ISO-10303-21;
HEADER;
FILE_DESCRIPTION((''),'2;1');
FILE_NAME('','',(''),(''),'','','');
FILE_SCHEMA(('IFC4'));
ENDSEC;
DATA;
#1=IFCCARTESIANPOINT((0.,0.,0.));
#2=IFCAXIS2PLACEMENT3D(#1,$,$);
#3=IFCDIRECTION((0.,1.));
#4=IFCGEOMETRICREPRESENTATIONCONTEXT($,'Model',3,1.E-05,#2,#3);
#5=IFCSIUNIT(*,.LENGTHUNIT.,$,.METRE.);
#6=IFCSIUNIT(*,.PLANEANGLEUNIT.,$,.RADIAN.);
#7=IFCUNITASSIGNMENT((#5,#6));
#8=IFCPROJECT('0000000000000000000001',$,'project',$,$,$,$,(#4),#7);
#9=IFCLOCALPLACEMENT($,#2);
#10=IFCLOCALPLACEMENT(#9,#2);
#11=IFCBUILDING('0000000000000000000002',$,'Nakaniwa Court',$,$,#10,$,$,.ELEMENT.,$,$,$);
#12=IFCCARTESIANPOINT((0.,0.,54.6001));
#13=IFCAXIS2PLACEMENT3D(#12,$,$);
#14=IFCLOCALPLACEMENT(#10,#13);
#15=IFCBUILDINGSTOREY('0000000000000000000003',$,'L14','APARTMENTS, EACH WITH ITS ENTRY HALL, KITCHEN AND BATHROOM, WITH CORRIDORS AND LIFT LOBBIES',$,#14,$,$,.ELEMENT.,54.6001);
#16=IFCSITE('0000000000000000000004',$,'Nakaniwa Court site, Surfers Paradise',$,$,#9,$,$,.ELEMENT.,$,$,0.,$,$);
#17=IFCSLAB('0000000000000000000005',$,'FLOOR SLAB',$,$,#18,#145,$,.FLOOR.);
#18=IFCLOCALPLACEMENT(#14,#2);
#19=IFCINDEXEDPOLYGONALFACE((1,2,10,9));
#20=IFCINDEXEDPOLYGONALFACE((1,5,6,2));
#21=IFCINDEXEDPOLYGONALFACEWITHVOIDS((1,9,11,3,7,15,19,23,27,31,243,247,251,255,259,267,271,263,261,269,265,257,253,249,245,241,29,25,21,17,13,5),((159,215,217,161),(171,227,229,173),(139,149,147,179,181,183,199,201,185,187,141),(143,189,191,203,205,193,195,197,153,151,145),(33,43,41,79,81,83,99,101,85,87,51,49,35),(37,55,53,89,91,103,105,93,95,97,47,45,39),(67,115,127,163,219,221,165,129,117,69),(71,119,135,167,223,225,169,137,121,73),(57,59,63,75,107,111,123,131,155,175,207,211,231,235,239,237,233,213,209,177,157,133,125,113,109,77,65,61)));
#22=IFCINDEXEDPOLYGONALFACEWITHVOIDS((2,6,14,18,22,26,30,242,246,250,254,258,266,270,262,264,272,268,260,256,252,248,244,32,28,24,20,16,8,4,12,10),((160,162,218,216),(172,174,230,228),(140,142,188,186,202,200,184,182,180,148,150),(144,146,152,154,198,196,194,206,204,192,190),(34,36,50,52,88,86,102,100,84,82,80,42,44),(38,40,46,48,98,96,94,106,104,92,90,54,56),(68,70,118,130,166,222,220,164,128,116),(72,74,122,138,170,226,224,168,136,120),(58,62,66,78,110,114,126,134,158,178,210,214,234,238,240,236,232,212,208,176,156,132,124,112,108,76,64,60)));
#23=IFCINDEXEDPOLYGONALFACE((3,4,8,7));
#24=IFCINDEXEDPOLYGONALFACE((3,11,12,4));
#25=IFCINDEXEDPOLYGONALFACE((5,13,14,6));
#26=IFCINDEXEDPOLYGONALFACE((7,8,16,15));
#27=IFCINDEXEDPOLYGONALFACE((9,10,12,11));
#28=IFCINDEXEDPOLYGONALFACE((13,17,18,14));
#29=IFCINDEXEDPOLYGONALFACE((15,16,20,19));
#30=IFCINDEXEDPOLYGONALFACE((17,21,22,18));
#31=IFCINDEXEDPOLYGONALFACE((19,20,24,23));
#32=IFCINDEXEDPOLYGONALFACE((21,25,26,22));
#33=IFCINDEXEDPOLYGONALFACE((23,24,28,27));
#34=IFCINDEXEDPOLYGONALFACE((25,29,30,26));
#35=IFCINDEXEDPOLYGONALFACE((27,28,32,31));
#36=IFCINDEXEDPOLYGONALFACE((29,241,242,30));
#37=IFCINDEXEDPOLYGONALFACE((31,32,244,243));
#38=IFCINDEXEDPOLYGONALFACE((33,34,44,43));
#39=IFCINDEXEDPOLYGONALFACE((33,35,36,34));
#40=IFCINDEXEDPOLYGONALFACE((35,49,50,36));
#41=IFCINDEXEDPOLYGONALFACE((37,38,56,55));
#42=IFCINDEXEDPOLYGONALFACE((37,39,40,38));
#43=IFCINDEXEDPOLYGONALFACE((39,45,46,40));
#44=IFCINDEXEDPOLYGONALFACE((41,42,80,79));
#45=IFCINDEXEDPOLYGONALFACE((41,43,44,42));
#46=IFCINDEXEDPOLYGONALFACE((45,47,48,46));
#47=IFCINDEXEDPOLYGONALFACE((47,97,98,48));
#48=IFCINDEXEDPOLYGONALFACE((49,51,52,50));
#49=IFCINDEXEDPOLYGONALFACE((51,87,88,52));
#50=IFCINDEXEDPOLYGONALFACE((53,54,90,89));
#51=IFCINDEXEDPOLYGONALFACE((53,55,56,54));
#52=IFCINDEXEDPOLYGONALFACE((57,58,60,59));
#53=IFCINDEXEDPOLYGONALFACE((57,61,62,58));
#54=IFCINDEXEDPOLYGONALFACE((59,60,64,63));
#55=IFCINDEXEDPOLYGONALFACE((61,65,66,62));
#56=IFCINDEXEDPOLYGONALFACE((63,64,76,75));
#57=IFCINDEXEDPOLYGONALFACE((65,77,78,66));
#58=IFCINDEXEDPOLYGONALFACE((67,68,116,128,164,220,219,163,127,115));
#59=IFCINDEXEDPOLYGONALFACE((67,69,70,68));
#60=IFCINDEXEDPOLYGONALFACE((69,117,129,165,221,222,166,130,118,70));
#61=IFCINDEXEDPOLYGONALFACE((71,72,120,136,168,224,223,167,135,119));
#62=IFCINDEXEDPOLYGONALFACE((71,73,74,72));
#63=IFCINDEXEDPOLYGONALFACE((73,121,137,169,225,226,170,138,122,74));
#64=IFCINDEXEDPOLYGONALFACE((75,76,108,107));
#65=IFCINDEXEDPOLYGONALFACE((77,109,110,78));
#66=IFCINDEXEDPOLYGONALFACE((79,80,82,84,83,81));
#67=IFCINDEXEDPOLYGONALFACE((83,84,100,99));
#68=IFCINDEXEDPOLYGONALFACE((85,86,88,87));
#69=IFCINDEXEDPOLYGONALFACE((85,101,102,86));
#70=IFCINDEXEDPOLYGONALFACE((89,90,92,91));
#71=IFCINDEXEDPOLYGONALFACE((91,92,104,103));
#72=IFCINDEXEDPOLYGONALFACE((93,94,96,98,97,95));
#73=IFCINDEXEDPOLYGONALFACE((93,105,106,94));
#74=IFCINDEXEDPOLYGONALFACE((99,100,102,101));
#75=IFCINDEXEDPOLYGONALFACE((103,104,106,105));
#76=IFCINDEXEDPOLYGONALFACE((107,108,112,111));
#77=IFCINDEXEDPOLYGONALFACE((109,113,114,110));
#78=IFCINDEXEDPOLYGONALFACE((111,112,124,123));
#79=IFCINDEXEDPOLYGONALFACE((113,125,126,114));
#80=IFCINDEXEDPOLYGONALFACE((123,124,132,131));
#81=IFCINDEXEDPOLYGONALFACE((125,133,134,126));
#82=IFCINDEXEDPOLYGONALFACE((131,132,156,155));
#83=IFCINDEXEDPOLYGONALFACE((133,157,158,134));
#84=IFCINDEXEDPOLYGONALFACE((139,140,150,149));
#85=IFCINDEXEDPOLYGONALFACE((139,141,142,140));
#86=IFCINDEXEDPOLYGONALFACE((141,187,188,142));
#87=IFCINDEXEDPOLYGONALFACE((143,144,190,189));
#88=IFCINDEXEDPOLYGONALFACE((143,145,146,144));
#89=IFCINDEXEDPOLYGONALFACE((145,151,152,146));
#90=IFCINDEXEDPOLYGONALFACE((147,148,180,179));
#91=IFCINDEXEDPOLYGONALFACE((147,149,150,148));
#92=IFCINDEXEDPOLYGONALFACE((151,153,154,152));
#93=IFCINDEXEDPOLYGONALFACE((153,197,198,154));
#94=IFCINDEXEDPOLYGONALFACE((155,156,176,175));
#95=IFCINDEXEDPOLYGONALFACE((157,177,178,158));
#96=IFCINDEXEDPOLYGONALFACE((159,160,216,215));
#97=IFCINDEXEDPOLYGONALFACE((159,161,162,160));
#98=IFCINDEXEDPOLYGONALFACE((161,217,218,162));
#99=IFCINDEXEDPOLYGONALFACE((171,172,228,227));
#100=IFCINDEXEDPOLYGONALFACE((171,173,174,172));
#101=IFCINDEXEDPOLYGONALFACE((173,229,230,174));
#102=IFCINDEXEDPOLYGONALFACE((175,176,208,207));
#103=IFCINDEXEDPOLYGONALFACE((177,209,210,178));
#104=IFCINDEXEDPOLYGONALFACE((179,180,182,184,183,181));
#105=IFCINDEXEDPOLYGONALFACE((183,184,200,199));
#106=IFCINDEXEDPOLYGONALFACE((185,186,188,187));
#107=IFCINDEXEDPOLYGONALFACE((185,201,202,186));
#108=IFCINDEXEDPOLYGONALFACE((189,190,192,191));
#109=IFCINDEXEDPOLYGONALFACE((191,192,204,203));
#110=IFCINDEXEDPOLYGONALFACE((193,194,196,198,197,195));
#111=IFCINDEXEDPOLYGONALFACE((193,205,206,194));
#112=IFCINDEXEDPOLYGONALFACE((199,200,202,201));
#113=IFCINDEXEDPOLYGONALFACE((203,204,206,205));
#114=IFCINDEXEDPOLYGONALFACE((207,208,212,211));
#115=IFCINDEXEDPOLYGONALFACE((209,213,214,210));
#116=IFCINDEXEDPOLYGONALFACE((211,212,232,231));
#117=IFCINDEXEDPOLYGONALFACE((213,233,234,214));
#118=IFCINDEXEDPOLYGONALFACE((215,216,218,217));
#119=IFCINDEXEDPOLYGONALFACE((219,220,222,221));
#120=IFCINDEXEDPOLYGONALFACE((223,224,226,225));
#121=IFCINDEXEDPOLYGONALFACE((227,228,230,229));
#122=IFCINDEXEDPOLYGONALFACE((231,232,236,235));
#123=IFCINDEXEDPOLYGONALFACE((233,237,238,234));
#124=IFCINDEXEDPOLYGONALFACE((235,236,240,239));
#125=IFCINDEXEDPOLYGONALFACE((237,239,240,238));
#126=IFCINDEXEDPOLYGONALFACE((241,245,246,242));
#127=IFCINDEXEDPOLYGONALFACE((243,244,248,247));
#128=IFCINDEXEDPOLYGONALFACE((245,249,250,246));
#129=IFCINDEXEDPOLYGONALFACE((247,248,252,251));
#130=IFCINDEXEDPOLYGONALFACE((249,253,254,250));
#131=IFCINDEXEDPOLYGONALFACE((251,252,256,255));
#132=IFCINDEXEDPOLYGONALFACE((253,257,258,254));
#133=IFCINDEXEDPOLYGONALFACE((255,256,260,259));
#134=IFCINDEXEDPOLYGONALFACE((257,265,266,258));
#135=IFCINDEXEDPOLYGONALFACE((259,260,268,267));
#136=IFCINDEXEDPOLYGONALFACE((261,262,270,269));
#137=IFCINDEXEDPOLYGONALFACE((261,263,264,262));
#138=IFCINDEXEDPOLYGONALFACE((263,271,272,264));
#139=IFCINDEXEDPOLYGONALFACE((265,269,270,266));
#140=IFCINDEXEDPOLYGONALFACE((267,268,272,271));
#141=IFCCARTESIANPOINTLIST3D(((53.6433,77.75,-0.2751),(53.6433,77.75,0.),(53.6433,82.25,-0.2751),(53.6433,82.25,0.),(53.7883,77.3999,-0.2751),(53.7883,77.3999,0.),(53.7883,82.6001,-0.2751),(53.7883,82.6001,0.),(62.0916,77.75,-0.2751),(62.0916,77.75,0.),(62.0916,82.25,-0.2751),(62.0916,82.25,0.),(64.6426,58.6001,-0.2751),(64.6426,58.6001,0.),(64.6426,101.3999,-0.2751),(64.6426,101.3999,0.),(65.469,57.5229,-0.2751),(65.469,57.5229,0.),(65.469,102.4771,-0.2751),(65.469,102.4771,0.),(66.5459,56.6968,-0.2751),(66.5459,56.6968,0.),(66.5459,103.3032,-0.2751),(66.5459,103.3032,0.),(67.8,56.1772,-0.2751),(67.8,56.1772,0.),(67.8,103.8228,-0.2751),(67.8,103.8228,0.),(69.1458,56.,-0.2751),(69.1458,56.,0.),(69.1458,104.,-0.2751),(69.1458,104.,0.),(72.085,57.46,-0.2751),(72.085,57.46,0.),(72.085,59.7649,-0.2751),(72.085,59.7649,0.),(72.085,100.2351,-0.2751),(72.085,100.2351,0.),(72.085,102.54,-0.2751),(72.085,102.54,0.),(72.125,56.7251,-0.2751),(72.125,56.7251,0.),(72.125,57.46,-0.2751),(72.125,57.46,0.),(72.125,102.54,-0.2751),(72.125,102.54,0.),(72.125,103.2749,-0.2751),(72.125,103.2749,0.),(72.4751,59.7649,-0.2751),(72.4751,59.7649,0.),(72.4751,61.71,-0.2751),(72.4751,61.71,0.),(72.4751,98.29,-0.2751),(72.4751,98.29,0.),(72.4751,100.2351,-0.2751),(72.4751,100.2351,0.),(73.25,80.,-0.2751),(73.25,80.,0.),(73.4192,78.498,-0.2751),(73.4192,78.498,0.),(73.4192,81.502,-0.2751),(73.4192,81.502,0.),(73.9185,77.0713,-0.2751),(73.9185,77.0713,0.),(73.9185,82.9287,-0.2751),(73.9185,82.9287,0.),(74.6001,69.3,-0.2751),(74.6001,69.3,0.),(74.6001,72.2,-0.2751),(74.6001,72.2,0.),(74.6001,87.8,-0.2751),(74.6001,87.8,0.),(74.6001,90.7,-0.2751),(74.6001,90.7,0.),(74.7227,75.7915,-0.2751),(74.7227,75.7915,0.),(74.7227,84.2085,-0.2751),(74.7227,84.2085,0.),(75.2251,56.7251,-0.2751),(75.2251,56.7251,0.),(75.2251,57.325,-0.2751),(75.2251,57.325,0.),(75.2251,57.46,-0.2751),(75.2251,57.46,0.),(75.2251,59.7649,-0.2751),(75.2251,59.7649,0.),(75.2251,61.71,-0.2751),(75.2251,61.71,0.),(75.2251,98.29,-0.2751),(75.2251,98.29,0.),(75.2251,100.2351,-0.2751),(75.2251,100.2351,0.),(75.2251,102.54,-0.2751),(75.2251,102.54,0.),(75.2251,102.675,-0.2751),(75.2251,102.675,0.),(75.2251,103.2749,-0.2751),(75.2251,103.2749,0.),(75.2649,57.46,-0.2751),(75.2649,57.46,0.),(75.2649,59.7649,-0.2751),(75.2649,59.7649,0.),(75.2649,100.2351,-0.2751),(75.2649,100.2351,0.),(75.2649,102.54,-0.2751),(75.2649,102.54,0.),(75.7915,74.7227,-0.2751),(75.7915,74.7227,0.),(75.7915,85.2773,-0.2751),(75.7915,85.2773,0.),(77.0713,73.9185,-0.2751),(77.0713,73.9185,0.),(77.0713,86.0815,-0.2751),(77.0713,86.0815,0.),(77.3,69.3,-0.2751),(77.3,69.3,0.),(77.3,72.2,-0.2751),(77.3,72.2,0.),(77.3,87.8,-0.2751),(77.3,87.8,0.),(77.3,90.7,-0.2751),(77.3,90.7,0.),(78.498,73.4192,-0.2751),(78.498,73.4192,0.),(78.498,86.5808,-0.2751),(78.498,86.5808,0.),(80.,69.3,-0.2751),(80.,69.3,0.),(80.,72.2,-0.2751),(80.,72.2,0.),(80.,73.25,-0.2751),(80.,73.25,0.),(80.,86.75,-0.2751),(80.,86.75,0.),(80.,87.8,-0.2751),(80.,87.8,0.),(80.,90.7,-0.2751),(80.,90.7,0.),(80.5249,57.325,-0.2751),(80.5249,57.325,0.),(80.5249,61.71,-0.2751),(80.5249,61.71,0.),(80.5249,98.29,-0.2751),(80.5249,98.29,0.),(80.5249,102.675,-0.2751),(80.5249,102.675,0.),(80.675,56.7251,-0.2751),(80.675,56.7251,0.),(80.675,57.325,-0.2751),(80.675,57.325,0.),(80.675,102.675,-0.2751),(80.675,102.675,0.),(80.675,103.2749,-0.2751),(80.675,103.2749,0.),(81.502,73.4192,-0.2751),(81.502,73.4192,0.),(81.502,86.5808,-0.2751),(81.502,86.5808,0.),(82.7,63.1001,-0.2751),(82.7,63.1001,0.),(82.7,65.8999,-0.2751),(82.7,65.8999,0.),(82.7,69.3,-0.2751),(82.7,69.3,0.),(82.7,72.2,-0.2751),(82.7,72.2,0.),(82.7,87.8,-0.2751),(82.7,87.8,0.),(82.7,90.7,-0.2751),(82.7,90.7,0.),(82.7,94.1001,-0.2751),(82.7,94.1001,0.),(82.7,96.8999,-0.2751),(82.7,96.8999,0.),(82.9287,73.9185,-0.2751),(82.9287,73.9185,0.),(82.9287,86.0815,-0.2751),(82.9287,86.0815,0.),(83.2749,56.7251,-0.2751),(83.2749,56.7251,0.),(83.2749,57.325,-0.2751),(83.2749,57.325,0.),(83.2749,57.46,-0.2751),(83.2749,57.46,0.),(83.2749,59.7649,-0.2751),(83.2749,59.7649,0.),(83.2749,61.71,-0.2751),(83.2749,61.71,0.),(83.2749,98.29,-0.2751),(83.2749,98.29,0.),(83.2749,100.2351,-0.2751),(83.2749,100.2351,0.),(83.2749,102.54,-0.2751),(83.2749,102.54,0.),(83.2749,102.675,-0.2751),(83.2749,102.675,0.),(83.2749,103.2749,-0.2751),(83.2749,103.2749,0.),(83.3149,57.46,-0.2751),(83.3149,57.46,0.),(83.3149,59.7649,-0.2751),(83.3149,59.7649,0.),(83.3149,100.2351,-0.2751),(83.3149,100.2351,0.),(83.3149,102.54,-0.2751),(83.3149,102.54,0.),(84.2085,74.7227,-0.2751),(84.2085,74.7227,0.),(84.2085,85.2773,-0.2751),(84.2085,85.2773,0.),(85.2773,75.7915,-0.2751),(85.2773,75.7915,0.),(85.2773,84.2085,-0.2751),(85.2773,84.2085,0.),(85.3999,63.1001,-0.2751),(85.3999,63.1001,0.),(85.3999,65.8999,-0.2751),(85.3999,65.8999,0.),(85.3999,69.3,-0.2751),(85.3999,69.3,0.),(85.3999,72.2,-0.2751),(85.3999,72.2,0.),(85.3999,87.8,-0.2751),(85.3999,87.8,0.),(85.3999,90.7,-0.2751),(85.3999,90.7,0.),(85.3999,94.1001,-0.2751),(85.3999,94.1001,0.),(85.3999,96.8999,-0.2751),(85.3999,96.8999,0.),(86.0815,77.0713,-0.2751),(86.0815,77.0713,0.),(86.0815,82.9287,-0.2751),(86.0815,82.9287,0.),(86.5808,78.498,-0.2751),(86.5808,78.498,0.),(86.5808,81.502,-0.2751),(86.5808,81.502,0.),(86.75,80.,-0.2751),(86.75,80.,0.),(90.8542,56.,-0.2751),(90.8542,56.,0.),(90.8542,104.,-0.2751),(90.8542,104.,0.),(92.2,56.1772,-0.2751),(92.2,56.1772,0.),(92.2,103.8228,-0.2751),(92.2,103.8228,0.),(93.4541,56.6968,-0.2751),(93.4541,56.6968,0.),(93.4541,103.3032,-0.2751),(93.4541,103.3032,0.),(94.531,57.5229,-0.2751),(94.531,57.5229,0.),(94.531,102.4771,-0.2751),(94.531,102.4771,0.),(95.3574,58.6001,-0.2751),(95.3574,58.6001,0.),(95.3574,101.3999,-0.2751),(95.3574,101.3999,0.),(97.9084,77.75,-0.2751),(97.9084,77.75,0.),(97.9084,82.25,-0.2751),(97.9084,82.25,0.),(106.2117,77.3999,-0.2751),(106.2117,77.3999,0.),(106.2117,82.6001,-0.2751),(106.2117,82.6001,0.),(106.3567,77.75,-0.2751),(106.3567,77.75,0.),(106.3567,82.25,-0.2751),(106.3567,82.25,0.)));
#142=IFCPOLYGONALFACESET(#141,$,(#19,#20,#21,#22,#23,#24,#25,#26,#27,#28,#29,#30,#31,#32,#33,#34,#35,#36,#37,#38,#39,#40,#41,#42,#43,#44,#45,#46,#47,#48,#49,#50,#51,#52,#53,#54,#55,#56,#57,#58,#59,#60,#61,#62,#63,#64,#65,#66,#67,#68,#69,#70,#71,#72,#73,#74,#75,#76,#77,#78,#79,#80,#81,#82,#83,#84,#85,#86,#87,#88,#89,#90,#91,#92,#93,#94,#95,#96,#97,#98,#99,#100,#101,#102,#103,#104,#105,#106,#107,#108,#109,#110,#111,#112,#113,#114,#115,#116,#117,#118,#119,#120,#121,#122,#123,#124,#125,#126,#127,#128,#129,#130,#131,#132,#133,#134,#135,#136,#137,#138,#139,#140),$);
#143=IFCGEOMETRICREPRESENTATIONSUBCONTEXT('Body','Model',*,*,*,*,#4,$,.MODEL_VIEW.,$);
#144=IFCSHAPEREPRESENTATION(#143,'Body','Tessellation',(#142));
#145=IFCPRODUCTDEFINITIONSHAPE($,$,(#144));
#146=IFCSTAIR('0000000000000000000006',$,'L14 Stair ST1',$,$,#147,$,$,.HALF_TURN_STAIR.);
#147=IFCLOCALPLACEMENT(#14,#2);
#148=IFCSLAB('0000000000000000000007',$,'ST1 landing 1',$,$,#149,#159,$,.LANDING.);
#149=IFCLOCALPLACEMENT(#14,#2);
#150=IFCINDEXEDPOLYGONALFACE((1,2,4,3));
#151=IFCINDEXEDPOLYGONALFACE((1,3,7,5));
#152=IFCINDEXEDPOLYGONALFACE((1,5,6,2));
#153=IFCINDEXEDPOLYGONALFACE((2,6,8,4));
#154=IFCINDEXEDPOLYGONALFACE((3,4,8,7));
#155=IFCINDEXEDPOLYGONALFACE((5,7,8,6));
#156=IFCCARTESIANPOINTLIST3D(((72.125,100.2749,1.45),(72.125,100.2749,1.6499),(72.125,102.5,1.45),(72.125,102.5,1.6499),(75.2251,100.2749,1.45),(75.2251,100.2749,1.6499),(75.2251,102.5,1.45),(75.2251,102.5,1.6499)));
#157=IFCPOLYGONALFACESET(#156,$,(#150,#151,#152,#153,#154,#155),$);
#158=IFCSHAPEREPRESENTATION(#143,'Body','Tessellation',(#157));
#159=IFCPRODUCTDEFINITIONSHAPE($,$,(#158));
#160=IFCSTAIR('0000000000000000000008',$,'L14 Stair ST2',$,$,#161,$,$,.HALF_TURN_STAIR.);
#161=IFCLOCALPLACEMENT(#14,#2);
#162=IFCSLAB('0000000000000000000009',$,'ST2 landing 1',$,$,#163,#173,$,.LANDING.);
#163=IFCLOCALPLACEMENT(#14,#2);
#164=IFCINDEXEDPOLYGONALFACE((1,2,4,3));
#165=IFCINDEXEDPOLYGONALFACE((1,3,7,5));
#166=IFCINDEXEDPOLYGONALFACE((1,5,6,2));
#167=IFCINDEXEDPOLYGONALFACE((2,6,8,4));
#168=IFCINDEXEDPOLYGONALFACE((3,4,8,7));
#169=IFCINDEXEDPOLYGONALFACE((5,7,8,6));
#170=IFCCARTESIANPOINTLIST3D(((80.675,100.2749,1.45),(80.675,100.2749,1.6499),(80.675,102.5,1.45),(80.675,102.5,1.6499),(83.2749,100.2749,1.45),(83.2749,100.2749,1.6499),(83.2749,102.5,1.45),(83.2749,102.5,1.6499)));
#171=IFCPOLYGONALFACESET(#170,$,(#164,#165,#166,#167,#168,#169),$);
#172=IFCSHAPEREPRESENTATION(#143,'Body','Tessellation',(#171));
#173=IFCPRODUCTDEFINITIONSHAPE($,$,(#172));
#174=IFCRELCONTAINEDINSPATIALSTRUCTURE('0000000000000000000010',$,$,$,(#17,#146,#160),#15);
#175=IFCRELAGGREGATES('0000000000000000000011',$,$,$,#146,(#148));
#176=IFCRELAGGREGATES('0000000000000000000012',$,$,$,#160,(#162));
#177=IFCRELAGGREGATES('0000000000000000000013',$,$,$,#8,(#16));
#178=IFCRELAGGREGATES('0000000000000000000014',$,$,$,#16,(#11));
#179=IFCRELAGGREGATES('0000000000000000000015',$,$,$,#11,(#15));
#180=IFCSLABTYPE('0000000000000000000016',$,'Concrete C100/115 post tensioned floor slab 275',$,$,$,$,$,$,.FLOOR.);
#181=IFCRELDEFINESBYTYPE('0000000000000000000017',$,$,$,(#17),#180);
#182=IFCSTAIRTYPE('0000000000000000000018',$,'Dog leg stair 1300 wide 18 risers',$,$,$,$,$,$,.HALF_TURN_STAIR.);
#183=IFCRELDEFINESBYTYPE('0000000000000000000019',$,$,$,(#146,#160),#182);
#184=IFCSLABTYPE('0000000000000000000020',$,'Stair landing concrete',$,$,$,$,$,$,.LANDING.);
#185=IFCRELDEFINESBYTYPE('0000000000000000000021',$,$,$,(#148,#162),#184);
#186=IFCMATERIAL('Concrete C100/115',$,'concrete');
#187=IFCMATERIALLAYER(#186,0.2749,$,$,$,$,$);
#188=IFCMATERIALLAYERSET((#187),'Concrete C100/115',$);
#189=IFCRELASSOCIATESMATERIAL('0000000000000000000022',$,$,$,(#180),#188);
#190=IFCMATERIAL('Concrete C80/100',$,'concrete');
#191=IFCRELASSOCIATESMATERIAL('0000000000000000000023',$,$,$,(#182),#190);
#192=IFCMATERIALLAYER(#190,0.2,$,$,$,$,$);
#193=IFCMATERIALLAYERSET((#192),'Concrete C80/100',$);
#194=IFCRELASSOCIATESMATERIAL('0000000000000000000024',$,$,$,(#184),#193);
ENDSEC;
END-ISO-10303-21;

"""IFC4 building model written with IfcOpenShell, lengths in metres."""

from ifc_helpers import new_model, si_unit, direction, frame, origin, place, context, subcontext, project, spatial, polyline, outline, extrude, material, layer, layer_set, type_object, element, aggregate, save


model = new_model("IFC4")

# Units and contexts
model_context = context("Model", 3, precision=1e-05, world=origin(), true_north=direction((0.0, 1.0)))
body_context = subcontext(model_context, "Body", "Model", "MODEL_VIEW")
ifc_project = project(units=[si_unit("LENGTHUNIT", "METRE"), si_unit("PLANEANGLEUNIT", "RADIAN")], contexts=[model_context])

# Site, building, storey
site_placement = place(None, origin())
site = spatial("IfcSite", under=ifc_project, at=site_placement, Name="Nakaniwa Court site, Surfers Paradise", CompositionType="ELEMENT", RefElevation=0.0)
building_placement = place(site_placement, origin())
building = spatial("IfcBuilding", under=site, at=building_placement, Name="Nakaniwa Court", CompositionType="ELEMENT")
storey_placement = place(building_placement, frame((0.0, 0.0, 54.6001)))
storey = spatial("IfcBuildingStorey", under=building, at=storey_placement, Name="L14", Description="APARTMENTS, EACH WITH ITS ENTRY HALL, KITCHEN AND BATHROOM, WITH CORRIDORS AND LIFT LOBBIES", CompositionType="ELEMENT", Elevation=54.6001)

# Shared definitions
ifc_material_1 = material(Name="Concrete C100/115", Category="concrete")

# Slab
ifc_layer_1 = layer(ifc_material_1, 0.2749)
ifc_layer_set_1 = layer_set([ifc_layer_1], Name="Concrete C100/115")
slab_type_1 = type_object("IfcSlabType", Name="Concrete C100/115 post tensioned floor slab 275", PredefinedType="FLOOR", material=ifc_layer_set_1)
slab_1_placement = place(storey_placement, frame((0.0, 0.0, -0.2751)))
element("IfcSlab", 1, at=slab_1_placement, inside=storey, type_object=slab_type_1, Name="FLOOR SLAB", PredefinedType="FLOOR", context=body_context, shape_type="SweptSolid", body=[
    extrude(outline(polyline([(97.9084, 82.25), (106.3567, 82.25), (106.2117, 82.6001), (95.3574, 101.3999), (94.531, 102.4771), (93.4541, 103.3032), (92.2, 103.8228), (90.8542, 104.0), (69.1458, 104.0), (67.8, 103.8228), (66.5459, 103.3032), (65.469, 102.4771), (64.6426, 101.3999), (53.7883, 82.6001), (53.6433, 82.25), (62.0916, 82.25), (62.0916, 77.75), (53.6433, 77.75), (53.7883, 77.3999), (64.6426, 58.6001), (65.469, 57.5229), (66.5459, 56.6968), (67.8, 56.1772), (69.1458, 56.0), (90.8542, 56.0), (92.2, 56.1772), (93.4541, 56.6968), (94.531, 57.5229), (95.3574, 58.6001), (106.2117, 77.3999), (106.3567, 77.75), (97.9084, 77.75), (97.9084, 82.25)]), holes=[polyline([(81.502, 86.5808), (80.0, 86.75), (78.498, 86.5808), (77.0713, 86.0815), (75.7915, 85.2773), (74.7227, 84.2085), (73.9185, 82.9287), (73.4192, 81.502), (73.25, 80.0), (73.4192, 78.498), (73.9185, 77.0713), (74.7227, 75.7915), (75.7915, 74.7227), (77.0713, 73.9185), (78.498, 73.4192), (80.0, 73.25), (81.502, 73.4192), (82.9287, 73.9185), (84.2085, 74.7227), (85.2773, 75.7915), (86.0815, 77.0713), (86.5808, 78.498), (86.75, 80.0), (86.5808, 81.502), (86.0815, 82.9287), (85.2773, 84.2085), (84.2085, 85.2773), (82.9287, 86.0815), (81.502, 86.5808)]), polyline([(75.2649, 57.46), (75.2649, 59.7649), (75.2251, 59.7649), (75.2251, 61.71), (72.4751, 61.71), (72.4751, 59.7649), (72.085, 59.7649), (72.085, 57.46), (72.125, 57.46), (72.125, 56.7251), (75.2251, 56.7251), (75.2251, 57.325), (75.2251, 57.46), (75.2649, 57.46)]), polyline([(80.0, 69.3), (82.7, 69.3), (85.3999, 69.3), (85.3999, 72.2), (82.7, 72.2), (80.0, 72.2), (77.3, 72.2), (74.6001, 72.2), (74.6001, 69.3), (77.3, 69.3), (80.0, 69.3)]), polyline([(80.0, 87.8), (82.7, 87.8), (85.3999, 87.8), (85.3999, 90.7), (82.7, 90.7), (80.0, 90.7), (77.3, 90.7), (74.6001, 90.7), (74.6001, 87.8), (77.3, 87.8), (80.0, 87.8)]), polyline([(75.2649, 100.2351), (75.2649, 102.54), (75.2251, 102.54), (75.2251, 102.675), (75.2251, 103.2749), (72.125, 103.2749), (72.125, 102.54), (72.085, 102.54), (72.085, 100.2351), (72.4751, 100.2351), (72.4751, 98.29), (75.2251, 98.29), (75.2251, 100.2351), (75.2649, 100.2351)]), polyline([(83.2749, 61.71), (80.5249, 61.71), (80.5249, 57.325), (80.675, 57.325), (80.675, 56.7251), (83.2749, 56.7251), (83.2749, 57.325), (83.2749, 57.46), (83.3149, 57.46), (83.3149, 59.7649), (83.2749, 59.7649), (83.2749, 61.71)]), polyline([(85.3999, 65.8999), (82.7, 65.8999), (82.7, 63.1001), (85.3999, 63.1001), (85.3999, 65.8999)]), polyline([(85.3999, 96.8999), (82.7, 96.8999), (82.7, 94.1001), (85.3999, 94.1001), (85.3999, 96.8999)]), polyline([(83.2749, 100.2351), (83.3149, 100.2351), (83.3149, 102.54), (83.2749, 102.54), (83.2749, 102.675), (83.2749, 103.2749), (80.675, 103.2749), (80.675, 102.675), (80.5249, 102.675), (80.5249, 98.29), (83.2749, 98.29), (83.2749, 100.2351)])]), origin(), (0.0, 0.0, 1.0), 0.2751),
])

# Stairs, slabs
ifc_material_2 = material(Name="Concrete C80/100", Category="concrete")
stair_type = type_object("IfcStairType", Name="Dog leg stair 1300 wide 18 risers", PredefinedType="HALF_TURN_STAIR", material=ifc_material_2)
stair_1_placement = place(storey_placement, origin())
stair_1 = element("IfcStair", 2, at=stair_1_placement, inside=storey, type_object=stair_type, Name="L14 Stair ST1", PredefinedType="HALF_TURN_STAIR")
ifc_layer_2 = layer(ifc_material_2, 0.2)
ifc_layer_set_2 = layer_set([ifc_layer_2], Name="Concrete C80/100")
slab_type_2 = type_object("IfcSlabType", Name="Stair landing concrete", PredefinedType="LANDING", material=ifc_layer_set_2)
slab_2_placement = place(storey_placement, frame((0.0, 0.0, 1.45)))
slab_2 = element("IfcSlab", 3, at=slab_2_placement, type_object=slab_type_2, Name="ST1 landing 1", PredefinedType="LANDING", context=body_context, shape_type="SweptSolid", body=[
    extrude(outline(polyline([(75.2251, 100.2749), (75.2251, 102.5), (72.125, 102.5), (72.125, 100.2749), (75.2251, 100.2749)])), origin(), (0.0, 0.0, 1.0), 0.2),
])
aggregate(stair_1, [slab_2])
stair_2_placement = place(storey_placement, origin())
stair_2 = element("IfcStair", 4, at=stair_2_placement, inside=storey, type_object=stair_type, Name="L14 Stair ST2", PredefinedType="HALF_TURN_STAIR")
slab_3_placement = place(storey_placement, frame((0.0, 0.0, 1.45)))
slab_3 = element("IfcSlab", 5, at=slab_3_placement, type_object=slab_type_2, Name="ST2 landing 1", PredefinedType="LANDING", context=body_context, shape_type="SweptSolid", body=[
    extrude(outline(polyline([(83.2749, 100.2749), (83.2749, 102.5), (80.675, 102.5), (80.675, 100.2749), (83.2749, 100.2749)])), origin(), (0.0, 0.0, 1.0), 0.2),
])
aggregate(stair_2, [slab_3])

save(model, "model.ifc")
